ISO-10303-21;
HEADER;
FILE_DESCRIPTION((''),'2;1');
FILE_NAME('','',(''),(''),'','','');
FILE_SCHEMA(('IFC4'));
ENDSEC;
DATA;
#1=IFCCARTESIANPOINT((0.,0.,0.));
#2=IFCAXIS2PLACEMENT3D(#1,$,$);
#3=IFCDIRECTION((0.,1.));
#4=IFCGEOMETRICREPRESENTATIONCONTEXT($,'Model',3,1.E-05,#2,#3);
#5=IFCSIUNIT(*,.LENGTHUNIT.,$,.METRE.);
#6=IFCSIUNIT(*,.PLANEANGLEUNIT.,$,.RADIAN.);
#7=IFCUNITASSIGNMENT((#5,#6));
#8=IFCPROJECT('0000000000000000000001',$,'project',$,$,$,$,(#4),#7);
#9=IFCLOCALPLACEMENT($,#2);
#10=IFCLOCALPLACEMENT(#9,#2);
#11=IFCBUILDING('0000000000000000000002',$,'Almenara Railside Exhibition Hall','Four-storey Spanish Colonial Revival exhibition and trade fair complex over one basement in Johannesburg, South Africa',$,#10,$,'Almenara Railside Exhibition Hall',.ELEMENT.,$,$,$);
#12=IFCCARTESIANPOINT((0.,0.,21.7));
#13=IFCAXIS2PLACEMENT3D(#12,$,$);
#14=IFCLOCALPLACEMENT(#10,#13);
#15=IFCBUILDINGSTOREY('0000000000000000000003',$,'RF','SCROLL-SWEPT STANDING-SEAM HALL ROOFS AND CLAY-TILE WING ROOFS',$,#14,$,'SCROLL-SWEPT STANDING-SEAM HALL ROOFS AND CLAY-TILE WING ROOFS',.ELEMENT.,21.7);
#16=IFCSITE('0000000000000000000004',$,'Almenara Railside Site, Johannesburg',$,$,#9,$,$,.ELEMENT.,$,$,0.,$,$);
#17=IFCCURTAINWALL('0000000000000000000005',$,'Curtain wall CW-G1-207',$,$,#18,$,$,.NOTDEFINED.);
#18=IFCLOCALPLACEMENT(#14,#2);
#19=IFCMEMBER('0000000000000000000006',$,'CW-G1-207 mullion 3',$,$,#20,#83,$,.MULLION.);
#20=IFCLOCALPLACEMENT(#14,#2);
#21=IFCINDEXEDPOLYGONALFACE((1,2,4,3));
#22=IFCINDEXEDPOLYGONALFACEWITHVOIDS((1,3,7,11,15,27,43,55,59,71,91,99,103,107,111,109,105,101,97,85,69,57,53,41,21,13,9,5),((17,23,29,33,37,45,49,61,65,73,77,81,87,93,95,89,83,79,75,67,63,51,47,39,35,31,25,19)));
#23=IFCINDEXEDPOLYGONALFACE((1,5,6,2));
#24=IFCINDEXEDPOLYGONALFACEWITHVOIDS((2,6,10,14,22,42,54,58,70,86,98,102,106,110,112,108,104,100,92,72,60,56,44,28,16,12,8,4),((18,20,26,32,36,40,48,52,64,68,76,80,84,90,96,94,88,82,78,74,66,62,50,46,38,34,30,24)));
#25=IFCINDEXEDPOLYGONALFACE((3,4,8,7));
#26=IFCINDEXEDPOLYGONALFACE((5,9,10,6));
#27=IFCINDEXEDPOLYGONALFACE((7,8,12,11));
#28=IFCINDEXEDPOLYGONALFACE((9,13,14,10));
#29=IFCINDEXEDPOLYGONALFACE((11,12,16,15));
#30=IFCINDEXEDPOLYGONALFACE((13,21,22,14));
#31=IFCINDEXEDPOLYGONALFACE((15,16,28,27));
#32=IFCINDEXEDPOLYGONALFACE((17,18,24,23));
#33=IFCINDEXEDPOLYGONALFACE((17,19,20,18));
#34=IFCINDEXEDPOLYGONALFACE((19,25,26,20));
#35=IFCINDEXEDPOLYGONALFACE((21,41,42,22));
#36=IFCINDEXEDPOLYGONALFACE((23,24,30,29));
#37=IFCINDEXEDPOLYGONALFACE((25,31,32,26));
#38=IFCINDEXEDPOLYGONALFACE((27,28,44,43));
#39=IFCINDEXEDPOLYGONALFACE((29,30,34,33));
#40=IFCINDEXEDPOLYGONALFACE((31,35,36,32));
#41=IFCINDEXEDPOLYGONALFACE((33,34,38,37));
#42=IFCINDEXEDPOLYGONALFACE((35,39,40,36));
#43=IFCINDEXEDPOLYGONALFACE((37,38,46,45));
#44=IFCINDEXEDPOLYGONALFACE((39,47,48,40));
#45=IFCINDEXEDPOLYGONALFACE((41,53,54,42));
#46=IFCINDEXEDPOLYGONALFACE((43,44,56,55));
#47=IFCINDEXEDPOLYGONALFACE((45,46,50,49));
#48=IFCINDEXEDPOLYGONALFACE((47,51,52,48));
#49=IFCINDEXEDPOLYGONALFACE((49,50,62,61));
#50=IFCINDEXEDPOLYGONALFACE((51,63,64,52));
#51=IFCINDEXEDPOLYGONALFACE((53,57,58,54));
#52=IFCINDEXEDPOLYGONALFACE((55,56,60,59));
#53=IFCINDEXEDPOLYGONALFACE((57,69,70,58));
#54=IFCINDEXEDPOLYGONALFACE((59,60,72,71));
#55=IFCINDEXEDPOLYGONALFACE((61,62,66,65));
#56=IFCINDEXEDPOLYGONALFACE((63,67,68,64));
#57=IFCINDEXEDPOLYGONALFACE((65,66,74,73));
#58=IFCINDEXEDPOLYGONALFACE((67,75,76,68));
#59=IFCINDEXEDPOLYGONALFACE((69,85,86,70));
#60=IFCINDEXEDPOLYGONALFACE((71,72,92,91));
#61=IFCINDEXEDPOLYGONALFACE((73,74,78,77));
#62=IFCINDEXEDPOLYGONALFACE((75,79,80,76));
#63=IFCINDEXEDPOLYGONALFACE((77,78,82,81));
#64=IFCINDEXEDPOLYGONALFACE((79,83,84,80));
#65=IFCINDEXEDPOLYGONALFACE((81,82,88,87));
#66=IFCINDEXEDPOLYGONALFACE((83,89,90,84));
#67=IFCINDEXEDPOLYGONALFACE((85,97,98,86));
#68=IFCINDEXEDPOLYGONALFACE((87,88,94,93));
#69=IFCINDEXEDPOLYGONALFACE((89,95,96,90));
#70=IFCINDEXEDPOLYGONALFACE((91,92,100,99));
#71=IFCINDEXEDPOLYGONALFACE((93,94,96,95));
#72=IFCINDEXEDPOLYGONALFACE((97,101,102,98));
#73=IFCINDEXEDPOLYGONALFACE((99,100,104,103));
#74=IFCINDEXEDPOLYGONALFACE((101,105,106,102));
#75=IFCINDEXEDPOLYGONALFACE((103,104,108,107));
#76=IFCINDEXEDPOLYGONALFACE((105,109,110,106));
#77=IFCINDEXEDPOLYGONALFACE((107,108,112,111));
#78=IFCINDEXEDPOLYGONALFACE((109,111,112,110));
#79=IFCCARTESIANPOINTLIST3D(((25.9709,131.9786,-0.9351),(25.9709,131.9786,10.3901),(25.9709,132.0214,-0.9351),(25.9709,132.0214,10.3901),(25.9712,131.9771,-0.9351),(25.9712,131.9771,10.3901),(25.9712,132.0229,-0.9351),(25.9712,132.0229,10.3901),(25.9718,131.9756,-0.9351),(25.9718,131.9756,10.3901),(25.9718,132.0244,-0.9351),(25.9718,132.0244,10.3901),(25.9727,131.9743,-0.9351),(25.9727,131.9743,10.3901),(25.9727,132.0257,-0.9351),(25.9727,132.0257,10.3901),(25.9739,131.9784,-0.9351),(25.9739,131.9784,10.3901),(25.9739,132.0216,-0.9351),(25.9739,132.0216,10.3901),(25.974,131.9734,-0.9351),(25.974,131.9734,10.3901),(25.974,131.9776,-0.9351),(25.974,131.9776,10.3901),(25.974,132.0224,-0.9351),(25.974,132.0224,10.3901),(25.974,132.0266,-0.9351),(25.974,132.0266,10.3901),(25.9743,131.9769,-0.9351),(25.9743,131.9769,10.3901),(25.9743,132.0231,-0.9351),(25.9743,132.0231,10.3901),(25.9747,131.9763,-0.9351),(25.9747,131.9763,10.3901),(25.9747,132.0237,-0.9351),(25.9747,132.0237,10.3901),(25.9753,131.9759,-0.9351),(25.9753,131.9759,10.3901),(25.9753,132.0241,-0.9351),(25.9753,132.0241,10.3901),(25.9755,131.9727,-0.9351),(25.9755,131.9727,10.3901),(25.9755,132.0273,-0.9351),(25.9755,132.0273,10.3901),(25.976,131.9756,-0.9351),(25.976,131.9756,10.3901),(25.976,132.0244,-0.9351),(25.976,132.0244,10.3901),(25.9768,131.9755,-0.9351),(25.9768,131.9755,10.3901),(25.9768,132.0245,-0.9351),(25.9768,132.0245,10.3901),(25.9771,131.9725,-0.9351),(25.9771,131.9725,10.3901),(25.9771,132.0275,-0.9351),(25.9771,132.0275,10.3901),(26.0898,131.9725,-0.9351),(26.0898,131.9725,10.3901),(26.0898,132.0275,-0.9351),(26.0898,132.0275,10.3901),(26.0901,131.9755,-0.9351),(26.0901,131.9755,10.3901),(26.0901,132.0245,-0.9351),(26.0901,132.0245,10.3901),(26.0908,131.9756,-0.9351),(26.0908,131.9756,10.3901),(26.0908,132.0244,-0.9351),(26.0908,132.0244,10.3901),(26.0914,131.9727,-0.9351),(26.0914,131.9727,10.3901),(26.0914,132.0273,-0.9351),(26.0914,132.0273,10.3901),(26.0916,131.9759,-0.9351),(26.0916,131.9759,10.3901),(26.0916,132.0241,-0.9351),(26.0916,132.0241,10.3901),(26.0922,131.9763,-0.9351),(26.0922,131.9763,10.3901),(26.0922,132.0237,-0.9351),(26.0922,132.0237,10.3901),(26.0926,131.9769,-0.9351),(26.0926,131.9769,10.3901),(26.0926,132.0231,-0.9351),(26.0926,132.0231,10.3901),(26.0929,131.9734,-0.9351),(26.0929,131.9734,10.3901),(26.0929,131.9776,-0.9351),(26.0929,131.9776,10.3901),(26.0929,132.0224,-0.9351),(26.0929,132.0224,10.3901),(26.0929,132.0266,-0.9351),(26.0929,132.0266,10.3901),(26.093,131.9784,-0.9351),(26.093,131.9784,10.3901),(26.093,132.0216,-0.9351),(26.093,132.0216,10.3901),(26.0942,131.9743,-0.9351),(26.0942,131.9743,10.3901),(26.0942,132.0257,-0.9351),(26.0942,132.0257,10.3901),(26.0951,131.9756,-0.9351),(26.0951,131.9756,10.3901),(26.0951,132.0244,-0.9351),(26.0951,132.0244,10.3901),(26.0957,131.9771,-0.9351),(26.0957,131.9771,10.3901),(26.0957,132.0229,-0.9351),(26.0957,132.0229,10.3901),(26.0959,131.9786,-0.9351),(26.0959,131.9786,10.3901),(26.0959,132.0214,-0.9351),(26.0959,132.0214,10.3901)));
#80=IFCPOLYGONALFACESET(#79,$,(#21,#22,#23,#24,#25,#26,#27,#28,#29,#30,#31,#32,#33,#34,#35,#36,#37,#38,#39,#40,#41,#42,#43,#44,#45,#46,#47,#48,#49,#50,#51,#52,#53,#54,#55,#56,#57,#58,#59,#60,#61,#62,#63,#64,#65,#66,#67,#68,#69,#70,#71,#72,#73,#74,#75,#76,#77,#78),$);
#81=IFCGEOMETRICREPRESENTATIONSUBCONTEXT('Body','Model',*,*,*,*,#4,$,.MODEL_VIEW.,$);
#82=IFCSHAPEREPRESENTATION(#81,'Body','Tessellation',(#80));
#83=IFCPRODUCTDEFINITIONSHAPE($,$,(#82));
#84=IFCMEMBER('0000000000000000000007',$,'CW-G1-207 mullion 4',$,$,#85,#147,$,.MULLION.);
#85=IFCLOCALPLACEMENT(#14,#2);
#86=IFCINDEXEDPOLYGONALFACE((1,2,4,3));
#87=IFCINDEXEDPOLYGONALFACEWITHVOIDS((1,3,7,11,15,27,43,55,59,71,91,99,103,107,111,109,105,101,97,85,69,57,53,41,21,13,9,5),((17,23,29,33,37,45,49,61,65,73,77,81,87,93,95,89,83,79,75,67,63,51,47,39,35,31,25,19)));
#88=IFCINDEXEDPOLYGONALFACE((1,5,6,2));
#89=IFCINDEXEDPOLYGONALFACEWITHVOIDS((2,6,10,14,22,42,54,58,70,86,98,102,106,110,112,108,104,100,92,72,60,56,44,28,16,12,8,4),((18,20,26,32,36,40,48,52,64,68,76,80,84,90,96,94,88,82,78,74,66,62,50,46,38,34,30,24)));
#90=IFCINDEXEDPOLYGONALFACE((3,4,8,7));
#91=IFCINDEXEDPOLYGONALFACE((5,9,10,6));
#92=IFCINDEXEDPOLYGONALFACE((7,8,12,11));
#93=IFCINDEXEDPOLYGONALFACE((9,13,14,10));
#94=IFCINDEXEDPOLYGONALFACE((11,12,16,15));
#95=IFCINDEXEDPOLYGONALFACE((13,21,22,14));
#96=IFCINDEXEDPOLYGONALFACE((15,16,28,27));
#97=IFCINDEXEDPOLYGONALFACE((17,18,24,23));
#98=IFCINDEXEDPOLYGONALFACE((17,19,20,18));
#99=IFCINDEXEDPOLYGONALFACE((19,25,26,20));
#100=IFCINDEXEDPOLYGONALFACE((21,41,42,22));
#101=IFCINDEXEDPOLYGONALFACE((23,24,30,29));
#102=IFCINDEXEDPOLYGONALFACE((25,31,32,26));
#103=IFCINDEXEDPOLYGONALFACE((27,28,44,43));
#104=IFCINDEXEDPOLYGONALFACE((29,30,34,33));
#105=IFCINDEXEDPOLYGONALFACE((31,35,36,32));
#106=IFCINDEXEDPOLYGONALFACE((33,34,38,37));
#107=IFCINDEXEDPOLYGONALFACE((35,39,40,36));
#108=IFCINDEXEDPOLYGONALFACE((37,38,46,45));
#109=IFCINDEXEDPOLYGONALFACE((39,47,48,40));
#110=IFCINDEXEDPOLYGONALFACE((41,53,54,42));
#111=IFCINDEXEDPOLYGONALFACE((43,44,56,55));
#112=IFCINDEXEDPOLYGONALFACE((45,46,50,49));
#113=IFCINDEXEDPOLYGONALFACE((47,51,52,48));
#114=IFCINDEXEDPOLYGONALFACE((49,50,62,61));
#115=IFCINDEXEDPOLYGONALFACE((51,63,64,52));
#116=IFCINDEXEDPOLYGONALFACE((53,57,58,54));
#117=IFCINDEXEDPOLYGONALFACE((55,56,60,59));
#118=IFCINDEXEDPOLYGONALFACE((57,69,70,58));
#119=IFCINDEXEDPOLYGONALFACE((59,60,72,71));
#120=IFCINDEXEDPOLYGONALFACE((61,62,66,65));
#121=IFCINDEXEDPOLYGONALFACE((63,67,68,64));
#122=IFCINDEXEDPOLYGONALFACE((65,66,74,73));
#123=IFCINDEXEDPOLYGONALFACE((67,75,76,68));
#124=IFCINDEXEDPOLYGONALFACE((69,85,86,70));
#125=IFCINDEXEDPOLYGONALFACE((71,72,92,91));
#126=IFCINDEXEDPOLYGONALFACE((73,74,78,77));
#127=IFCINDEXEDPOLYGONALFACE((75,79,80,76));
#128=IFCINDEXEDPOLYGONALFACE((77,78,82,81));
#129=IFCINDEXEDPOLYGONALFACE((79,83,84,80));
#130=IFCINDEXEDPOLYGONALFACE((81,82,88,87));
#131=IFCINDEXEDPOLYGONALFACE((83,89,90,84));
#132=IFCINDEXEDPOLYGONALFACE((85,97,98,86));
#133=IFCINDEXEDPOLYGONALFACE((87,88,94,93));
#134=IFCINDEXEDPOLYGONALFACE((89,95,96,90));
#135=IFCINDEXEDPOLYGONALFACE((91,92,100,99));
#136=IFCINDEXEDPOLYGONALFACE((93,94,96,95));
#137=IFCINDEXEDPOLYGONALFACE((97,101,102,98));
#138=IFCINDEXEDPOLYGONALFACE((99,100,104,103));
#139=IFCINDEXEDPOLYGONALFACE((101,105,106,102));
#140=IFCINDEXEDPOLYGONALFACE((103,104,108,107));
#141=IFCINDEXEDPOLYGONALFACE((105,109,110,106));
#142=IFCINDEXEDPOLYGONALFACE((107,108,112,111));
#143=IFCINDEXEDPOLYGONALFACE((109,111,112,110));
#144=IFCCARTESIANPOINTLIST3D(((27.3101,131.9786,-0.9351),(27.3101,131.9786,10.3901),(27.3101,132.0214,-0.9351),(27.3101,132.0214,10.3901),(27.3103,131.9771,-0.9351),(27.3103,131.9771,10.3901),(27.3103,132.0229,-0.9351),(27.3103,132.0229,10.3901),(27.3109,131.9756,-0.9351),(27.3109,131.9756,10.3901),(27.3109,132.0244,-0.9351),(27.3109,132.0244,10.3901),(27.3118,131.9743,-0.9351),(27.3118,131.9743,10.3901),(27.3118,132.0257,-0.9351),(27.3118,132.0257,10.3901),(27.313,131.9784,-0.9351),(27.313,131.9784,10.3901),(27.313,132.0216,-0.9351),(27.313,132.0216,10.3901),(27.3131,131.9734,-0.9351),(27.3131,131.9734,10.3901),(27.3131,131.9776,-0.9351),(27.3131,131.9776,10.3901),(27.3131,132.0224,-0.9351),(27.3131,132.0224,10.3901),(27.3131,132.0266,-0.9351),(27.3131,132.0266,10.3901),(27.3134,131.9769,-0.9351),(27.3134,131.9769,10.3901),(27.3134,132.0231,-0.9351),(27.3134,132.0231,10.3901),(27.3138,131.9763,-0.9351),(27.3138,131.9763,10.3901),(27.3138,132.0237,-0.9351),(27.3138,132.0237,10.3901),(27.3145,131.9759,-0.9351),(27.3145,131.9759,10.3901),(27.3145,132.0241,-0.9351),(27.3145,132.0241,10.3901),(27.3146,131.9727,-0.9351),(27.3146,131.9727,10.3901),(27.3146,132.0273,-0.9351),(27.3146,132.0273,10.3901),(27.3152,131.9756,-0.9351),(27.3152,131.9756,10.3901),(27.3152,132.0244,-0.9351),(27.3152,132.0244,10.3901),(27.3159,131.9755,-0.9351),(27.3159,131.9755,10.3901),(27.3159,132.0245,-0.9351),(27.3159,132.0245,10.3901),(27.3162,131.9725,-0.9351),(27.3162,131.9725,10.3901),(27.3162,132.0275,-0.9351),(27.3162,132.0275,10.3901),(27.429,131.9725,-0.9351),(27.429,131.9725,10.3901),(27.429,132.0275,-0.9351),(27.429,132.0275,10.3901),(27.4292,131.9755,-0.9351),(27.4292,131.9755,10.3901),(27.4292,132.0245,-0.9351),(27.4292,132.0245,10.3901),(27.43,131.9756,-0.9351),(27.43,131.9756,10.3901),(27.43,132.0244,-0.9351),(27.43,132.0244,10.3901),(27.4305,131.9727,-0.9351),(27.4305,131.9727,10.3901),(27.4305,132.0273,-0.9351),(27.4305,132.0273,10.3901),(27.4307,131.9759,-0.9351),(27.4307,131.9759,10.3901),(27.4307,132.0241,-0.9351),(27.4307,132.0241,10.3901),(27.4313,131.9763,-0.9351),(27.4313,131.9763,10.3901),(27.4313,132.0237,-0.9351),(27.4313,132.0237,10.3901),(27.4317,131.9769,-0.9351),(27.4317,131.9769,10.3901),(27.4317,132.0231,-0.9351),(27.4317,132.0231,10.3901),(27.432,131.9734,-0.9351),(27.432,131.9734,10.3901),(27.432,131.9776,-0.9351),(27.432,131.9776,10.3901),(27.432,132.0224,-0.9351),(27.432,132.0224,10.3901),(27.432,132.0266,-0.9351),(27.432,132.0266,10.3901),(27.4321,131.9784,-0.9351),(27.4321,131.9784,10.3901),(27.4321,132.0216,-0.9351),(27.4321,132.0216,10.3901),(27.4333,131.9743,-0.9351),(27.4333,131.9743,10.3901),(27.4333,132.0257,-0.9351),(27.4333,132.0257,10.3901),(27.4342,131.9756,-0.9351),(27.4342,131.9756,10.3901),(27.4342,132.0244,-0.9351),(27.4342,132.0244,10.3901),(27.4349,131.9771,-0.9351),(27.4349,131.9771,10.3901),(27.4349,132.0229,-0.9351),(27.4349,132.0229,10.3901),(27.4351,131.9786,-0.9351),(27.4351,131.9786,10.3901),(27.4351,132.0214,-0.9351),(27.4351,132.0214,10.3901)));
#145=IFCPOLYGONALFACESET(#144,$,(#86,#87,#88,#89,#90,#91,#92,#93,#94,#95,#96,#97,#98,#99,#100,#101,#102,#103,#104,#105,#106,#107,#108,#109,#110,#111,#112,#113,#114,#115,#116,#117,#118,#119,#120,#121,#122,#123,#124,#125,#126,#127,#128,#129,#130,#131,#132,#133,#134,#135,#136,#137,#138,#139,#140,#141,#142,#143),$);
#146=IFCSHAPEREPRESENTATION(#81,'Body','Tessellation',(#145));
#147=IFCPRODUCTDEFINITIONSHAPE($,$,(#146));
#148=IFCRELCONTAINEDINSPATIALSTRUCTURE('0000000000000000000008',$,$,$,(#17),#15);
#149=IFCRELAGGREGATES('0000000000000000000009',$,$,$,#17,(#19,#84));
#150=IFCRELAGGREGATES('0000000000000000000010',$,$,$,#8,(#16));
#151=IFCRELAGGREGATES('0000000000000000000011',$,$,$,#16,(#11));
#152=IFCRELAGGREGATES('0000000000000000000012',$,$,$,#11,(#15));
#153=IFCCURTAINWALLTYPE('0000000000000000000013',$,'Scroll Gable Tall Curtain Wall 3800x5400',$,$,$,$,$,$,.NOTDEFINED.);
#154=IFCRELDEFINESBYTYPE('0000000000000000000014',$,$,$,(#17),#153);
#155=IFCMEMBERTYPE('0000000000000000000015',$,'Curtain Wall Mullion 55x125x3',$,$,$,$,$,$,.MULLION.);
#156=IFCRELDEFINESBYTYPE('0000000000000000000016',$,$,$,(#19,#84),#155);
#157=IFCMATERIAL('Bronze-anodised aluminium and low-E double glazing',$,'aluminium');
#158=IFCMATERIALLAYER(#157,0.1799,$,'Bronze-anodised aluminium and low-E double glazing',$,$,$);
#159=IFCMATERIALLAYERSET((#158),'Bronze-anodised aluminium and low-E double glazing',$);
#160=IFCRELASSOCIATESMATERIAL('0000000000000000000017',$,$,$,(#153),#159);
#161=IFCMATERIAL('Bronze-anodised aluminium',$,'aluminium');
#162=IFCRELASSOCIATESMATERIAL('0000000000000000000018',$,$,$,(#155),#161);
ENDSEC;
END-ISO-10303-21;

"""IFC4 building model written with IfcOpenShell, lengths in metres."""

from ifc_helpers import new_model, si_unit, direction, frame, origin, origin_2d, place, context, subcontext, project, spatial, hollow_rectangle, extrude, material, layer, layer_set, material_profile, profile_set, type_object, element, aggregate, save


model = new_model("IFC4")

# Units and contexts
model_context = context("Model", 3, precision=1e-05, world=origin(), true_north=direction((0.0, 1.0)))
body_context = subcontext(model_context, "Body", "Model", "MODEL_VIEW")
ifc_project = project(units=[si_unit("LENGTHUNIT", "METRE"), si_unit("PLANEANGLEUNIT", "RADIAN")], contexts=[model_context])

# Site, building, storey
site_placement = place(None, origin())
site = spatial("IfcSite", under=ifc_project, at=site_placement, Name="Almenara Railside Site, Johannesburg", CompositionType="ELEMENT", RefElevation=0.0)
building_placement = place(site_placement, origin())
building = spatial("IfcBuilding", under=site, at=building_placement, Name="Almenara Railside Exhibition Hall", Description="Four-storey Spanish Colonial Revival exhibition and trade fair complex over one basement in Johannesburg, South Africa", LongName="Almenara Railside Exhibition Hall", CompositionType="ELEMENT")
storey_placement = place(building_placement, frame((0.0, 0.0, 21.7)))
storey = spatial("IfcBuildingStorey", under=building, at=storey_placement, Name="RF", Description="SCROLL-SWEPT STANDING-SEAM HALL ROOFS AND CLAY-TILE WING ROOFS", LongName="SCROLL-SWEPT STANDING-SEAM HALL ROOFS AND CLAY-TILE WING ROOFS", CompositionType="ELEMENT", Elevation=21.7)

# Curtain wall, members
ifc_material_1 = material(Name="Bronze-anodised aluminium and low-E double glazing", Category="aluminium")
ifc_layer_1 = layer(ifc_material_1, 0.1799, Name="Bronze-anodised aluminium and low-E double glazing")
ifc_layer_set_1 = layer_set([ifc_layer_1], Name="Bronze-anodised aluminium and low-E double glazing")
curtain_wall_type = type_object("IfcCurtainWallType", Name="Scroll Gable Tall Curtain Wall 3800x5400", PredefinedType="NOTDEFINED", material=ifc_layer_set_1)
curtain_wall_1_placement = place(storey_placement, origin())
curtain_wall_1 = element("IfcCurtainWall", 1, at=curtain_wall_1_placement, inside=storey, type_object=curtain_wall_type, Name="Curtain wall CW-G1-207", PredefinedType="NOTDEFINED")
ifc_material_2 = material(Name="Bronze-anodised aluminium", Category="aluminium")
ifc_material_profile_1 = material_profile(ifc_material_2, hollow_rectangle(XDim=0.0549, YDim=0.125, WallThickness=0.0029, InnerFilletRadius=0.0029, OuterFilletRadius=0.0061, at=origin_2d()), Name="ALU-MUL 55x125x3")
ifc_profile_set_1 = profile_set([ifc_material_profile_1], Name="Bronze-anodised aluminium")
member_type_1 = type_object("IfcMemberType", Name="Curtain Wall Mullion 55x125x3", PredefinedType="MULLION", material=ifc_profile_set_1)
member_1_placement = place(storey_placement, frame((26.0334, 132.0, -0.9351), z_axis=(0.0, 0.0, 1.0), x_axis=(0.0, 1.0, 0.0)))
member_1 = element("IfcMember", 2, at=member_1_placement, type_object=member_type_1, Name="CW-G1-207 mullion 3", PredefinedType="MULLION", context=body_context, shape_type="SweptSolid", body=[
    extrude(hollow_rectangle(XDim=0.0549, YDim=0.125, WallThickness=0.0029, InnerFilletRadius=0.0029, OuterFilletRadius=0.0061, at=origin_2d()), origin(), (0.0, 0.0, 1.0), 11.3252),
])
member_2_placement = place(storey_placement, frame((27.3726, 132.0, -0.9351), z_axis=(0.0, 0.0, 1.0), x_axis=(0.0, 1.0, 0.0)))
member_2 = element("IfcMember", 3, at=member_2_placement, type_object=member_type_1, Name="CW-G1-207 mullion 4", PredefinedType="MULLION", context=body_context, shape_type="SweptSolid", body=[
    extrude(hollow_rectangle(XDim=0.0549, YDim=0.125, WallThickness=0.0029, InnerFilletRadius=0.0029, OuterFilletRadius=0.0061, at=origin_2d()), origin(), (0.0, 0.0, 1.0), 11.3252),
])

aggregate(curtain_wall_1, [member_1, member_2])

save(model, "model.ifc")
